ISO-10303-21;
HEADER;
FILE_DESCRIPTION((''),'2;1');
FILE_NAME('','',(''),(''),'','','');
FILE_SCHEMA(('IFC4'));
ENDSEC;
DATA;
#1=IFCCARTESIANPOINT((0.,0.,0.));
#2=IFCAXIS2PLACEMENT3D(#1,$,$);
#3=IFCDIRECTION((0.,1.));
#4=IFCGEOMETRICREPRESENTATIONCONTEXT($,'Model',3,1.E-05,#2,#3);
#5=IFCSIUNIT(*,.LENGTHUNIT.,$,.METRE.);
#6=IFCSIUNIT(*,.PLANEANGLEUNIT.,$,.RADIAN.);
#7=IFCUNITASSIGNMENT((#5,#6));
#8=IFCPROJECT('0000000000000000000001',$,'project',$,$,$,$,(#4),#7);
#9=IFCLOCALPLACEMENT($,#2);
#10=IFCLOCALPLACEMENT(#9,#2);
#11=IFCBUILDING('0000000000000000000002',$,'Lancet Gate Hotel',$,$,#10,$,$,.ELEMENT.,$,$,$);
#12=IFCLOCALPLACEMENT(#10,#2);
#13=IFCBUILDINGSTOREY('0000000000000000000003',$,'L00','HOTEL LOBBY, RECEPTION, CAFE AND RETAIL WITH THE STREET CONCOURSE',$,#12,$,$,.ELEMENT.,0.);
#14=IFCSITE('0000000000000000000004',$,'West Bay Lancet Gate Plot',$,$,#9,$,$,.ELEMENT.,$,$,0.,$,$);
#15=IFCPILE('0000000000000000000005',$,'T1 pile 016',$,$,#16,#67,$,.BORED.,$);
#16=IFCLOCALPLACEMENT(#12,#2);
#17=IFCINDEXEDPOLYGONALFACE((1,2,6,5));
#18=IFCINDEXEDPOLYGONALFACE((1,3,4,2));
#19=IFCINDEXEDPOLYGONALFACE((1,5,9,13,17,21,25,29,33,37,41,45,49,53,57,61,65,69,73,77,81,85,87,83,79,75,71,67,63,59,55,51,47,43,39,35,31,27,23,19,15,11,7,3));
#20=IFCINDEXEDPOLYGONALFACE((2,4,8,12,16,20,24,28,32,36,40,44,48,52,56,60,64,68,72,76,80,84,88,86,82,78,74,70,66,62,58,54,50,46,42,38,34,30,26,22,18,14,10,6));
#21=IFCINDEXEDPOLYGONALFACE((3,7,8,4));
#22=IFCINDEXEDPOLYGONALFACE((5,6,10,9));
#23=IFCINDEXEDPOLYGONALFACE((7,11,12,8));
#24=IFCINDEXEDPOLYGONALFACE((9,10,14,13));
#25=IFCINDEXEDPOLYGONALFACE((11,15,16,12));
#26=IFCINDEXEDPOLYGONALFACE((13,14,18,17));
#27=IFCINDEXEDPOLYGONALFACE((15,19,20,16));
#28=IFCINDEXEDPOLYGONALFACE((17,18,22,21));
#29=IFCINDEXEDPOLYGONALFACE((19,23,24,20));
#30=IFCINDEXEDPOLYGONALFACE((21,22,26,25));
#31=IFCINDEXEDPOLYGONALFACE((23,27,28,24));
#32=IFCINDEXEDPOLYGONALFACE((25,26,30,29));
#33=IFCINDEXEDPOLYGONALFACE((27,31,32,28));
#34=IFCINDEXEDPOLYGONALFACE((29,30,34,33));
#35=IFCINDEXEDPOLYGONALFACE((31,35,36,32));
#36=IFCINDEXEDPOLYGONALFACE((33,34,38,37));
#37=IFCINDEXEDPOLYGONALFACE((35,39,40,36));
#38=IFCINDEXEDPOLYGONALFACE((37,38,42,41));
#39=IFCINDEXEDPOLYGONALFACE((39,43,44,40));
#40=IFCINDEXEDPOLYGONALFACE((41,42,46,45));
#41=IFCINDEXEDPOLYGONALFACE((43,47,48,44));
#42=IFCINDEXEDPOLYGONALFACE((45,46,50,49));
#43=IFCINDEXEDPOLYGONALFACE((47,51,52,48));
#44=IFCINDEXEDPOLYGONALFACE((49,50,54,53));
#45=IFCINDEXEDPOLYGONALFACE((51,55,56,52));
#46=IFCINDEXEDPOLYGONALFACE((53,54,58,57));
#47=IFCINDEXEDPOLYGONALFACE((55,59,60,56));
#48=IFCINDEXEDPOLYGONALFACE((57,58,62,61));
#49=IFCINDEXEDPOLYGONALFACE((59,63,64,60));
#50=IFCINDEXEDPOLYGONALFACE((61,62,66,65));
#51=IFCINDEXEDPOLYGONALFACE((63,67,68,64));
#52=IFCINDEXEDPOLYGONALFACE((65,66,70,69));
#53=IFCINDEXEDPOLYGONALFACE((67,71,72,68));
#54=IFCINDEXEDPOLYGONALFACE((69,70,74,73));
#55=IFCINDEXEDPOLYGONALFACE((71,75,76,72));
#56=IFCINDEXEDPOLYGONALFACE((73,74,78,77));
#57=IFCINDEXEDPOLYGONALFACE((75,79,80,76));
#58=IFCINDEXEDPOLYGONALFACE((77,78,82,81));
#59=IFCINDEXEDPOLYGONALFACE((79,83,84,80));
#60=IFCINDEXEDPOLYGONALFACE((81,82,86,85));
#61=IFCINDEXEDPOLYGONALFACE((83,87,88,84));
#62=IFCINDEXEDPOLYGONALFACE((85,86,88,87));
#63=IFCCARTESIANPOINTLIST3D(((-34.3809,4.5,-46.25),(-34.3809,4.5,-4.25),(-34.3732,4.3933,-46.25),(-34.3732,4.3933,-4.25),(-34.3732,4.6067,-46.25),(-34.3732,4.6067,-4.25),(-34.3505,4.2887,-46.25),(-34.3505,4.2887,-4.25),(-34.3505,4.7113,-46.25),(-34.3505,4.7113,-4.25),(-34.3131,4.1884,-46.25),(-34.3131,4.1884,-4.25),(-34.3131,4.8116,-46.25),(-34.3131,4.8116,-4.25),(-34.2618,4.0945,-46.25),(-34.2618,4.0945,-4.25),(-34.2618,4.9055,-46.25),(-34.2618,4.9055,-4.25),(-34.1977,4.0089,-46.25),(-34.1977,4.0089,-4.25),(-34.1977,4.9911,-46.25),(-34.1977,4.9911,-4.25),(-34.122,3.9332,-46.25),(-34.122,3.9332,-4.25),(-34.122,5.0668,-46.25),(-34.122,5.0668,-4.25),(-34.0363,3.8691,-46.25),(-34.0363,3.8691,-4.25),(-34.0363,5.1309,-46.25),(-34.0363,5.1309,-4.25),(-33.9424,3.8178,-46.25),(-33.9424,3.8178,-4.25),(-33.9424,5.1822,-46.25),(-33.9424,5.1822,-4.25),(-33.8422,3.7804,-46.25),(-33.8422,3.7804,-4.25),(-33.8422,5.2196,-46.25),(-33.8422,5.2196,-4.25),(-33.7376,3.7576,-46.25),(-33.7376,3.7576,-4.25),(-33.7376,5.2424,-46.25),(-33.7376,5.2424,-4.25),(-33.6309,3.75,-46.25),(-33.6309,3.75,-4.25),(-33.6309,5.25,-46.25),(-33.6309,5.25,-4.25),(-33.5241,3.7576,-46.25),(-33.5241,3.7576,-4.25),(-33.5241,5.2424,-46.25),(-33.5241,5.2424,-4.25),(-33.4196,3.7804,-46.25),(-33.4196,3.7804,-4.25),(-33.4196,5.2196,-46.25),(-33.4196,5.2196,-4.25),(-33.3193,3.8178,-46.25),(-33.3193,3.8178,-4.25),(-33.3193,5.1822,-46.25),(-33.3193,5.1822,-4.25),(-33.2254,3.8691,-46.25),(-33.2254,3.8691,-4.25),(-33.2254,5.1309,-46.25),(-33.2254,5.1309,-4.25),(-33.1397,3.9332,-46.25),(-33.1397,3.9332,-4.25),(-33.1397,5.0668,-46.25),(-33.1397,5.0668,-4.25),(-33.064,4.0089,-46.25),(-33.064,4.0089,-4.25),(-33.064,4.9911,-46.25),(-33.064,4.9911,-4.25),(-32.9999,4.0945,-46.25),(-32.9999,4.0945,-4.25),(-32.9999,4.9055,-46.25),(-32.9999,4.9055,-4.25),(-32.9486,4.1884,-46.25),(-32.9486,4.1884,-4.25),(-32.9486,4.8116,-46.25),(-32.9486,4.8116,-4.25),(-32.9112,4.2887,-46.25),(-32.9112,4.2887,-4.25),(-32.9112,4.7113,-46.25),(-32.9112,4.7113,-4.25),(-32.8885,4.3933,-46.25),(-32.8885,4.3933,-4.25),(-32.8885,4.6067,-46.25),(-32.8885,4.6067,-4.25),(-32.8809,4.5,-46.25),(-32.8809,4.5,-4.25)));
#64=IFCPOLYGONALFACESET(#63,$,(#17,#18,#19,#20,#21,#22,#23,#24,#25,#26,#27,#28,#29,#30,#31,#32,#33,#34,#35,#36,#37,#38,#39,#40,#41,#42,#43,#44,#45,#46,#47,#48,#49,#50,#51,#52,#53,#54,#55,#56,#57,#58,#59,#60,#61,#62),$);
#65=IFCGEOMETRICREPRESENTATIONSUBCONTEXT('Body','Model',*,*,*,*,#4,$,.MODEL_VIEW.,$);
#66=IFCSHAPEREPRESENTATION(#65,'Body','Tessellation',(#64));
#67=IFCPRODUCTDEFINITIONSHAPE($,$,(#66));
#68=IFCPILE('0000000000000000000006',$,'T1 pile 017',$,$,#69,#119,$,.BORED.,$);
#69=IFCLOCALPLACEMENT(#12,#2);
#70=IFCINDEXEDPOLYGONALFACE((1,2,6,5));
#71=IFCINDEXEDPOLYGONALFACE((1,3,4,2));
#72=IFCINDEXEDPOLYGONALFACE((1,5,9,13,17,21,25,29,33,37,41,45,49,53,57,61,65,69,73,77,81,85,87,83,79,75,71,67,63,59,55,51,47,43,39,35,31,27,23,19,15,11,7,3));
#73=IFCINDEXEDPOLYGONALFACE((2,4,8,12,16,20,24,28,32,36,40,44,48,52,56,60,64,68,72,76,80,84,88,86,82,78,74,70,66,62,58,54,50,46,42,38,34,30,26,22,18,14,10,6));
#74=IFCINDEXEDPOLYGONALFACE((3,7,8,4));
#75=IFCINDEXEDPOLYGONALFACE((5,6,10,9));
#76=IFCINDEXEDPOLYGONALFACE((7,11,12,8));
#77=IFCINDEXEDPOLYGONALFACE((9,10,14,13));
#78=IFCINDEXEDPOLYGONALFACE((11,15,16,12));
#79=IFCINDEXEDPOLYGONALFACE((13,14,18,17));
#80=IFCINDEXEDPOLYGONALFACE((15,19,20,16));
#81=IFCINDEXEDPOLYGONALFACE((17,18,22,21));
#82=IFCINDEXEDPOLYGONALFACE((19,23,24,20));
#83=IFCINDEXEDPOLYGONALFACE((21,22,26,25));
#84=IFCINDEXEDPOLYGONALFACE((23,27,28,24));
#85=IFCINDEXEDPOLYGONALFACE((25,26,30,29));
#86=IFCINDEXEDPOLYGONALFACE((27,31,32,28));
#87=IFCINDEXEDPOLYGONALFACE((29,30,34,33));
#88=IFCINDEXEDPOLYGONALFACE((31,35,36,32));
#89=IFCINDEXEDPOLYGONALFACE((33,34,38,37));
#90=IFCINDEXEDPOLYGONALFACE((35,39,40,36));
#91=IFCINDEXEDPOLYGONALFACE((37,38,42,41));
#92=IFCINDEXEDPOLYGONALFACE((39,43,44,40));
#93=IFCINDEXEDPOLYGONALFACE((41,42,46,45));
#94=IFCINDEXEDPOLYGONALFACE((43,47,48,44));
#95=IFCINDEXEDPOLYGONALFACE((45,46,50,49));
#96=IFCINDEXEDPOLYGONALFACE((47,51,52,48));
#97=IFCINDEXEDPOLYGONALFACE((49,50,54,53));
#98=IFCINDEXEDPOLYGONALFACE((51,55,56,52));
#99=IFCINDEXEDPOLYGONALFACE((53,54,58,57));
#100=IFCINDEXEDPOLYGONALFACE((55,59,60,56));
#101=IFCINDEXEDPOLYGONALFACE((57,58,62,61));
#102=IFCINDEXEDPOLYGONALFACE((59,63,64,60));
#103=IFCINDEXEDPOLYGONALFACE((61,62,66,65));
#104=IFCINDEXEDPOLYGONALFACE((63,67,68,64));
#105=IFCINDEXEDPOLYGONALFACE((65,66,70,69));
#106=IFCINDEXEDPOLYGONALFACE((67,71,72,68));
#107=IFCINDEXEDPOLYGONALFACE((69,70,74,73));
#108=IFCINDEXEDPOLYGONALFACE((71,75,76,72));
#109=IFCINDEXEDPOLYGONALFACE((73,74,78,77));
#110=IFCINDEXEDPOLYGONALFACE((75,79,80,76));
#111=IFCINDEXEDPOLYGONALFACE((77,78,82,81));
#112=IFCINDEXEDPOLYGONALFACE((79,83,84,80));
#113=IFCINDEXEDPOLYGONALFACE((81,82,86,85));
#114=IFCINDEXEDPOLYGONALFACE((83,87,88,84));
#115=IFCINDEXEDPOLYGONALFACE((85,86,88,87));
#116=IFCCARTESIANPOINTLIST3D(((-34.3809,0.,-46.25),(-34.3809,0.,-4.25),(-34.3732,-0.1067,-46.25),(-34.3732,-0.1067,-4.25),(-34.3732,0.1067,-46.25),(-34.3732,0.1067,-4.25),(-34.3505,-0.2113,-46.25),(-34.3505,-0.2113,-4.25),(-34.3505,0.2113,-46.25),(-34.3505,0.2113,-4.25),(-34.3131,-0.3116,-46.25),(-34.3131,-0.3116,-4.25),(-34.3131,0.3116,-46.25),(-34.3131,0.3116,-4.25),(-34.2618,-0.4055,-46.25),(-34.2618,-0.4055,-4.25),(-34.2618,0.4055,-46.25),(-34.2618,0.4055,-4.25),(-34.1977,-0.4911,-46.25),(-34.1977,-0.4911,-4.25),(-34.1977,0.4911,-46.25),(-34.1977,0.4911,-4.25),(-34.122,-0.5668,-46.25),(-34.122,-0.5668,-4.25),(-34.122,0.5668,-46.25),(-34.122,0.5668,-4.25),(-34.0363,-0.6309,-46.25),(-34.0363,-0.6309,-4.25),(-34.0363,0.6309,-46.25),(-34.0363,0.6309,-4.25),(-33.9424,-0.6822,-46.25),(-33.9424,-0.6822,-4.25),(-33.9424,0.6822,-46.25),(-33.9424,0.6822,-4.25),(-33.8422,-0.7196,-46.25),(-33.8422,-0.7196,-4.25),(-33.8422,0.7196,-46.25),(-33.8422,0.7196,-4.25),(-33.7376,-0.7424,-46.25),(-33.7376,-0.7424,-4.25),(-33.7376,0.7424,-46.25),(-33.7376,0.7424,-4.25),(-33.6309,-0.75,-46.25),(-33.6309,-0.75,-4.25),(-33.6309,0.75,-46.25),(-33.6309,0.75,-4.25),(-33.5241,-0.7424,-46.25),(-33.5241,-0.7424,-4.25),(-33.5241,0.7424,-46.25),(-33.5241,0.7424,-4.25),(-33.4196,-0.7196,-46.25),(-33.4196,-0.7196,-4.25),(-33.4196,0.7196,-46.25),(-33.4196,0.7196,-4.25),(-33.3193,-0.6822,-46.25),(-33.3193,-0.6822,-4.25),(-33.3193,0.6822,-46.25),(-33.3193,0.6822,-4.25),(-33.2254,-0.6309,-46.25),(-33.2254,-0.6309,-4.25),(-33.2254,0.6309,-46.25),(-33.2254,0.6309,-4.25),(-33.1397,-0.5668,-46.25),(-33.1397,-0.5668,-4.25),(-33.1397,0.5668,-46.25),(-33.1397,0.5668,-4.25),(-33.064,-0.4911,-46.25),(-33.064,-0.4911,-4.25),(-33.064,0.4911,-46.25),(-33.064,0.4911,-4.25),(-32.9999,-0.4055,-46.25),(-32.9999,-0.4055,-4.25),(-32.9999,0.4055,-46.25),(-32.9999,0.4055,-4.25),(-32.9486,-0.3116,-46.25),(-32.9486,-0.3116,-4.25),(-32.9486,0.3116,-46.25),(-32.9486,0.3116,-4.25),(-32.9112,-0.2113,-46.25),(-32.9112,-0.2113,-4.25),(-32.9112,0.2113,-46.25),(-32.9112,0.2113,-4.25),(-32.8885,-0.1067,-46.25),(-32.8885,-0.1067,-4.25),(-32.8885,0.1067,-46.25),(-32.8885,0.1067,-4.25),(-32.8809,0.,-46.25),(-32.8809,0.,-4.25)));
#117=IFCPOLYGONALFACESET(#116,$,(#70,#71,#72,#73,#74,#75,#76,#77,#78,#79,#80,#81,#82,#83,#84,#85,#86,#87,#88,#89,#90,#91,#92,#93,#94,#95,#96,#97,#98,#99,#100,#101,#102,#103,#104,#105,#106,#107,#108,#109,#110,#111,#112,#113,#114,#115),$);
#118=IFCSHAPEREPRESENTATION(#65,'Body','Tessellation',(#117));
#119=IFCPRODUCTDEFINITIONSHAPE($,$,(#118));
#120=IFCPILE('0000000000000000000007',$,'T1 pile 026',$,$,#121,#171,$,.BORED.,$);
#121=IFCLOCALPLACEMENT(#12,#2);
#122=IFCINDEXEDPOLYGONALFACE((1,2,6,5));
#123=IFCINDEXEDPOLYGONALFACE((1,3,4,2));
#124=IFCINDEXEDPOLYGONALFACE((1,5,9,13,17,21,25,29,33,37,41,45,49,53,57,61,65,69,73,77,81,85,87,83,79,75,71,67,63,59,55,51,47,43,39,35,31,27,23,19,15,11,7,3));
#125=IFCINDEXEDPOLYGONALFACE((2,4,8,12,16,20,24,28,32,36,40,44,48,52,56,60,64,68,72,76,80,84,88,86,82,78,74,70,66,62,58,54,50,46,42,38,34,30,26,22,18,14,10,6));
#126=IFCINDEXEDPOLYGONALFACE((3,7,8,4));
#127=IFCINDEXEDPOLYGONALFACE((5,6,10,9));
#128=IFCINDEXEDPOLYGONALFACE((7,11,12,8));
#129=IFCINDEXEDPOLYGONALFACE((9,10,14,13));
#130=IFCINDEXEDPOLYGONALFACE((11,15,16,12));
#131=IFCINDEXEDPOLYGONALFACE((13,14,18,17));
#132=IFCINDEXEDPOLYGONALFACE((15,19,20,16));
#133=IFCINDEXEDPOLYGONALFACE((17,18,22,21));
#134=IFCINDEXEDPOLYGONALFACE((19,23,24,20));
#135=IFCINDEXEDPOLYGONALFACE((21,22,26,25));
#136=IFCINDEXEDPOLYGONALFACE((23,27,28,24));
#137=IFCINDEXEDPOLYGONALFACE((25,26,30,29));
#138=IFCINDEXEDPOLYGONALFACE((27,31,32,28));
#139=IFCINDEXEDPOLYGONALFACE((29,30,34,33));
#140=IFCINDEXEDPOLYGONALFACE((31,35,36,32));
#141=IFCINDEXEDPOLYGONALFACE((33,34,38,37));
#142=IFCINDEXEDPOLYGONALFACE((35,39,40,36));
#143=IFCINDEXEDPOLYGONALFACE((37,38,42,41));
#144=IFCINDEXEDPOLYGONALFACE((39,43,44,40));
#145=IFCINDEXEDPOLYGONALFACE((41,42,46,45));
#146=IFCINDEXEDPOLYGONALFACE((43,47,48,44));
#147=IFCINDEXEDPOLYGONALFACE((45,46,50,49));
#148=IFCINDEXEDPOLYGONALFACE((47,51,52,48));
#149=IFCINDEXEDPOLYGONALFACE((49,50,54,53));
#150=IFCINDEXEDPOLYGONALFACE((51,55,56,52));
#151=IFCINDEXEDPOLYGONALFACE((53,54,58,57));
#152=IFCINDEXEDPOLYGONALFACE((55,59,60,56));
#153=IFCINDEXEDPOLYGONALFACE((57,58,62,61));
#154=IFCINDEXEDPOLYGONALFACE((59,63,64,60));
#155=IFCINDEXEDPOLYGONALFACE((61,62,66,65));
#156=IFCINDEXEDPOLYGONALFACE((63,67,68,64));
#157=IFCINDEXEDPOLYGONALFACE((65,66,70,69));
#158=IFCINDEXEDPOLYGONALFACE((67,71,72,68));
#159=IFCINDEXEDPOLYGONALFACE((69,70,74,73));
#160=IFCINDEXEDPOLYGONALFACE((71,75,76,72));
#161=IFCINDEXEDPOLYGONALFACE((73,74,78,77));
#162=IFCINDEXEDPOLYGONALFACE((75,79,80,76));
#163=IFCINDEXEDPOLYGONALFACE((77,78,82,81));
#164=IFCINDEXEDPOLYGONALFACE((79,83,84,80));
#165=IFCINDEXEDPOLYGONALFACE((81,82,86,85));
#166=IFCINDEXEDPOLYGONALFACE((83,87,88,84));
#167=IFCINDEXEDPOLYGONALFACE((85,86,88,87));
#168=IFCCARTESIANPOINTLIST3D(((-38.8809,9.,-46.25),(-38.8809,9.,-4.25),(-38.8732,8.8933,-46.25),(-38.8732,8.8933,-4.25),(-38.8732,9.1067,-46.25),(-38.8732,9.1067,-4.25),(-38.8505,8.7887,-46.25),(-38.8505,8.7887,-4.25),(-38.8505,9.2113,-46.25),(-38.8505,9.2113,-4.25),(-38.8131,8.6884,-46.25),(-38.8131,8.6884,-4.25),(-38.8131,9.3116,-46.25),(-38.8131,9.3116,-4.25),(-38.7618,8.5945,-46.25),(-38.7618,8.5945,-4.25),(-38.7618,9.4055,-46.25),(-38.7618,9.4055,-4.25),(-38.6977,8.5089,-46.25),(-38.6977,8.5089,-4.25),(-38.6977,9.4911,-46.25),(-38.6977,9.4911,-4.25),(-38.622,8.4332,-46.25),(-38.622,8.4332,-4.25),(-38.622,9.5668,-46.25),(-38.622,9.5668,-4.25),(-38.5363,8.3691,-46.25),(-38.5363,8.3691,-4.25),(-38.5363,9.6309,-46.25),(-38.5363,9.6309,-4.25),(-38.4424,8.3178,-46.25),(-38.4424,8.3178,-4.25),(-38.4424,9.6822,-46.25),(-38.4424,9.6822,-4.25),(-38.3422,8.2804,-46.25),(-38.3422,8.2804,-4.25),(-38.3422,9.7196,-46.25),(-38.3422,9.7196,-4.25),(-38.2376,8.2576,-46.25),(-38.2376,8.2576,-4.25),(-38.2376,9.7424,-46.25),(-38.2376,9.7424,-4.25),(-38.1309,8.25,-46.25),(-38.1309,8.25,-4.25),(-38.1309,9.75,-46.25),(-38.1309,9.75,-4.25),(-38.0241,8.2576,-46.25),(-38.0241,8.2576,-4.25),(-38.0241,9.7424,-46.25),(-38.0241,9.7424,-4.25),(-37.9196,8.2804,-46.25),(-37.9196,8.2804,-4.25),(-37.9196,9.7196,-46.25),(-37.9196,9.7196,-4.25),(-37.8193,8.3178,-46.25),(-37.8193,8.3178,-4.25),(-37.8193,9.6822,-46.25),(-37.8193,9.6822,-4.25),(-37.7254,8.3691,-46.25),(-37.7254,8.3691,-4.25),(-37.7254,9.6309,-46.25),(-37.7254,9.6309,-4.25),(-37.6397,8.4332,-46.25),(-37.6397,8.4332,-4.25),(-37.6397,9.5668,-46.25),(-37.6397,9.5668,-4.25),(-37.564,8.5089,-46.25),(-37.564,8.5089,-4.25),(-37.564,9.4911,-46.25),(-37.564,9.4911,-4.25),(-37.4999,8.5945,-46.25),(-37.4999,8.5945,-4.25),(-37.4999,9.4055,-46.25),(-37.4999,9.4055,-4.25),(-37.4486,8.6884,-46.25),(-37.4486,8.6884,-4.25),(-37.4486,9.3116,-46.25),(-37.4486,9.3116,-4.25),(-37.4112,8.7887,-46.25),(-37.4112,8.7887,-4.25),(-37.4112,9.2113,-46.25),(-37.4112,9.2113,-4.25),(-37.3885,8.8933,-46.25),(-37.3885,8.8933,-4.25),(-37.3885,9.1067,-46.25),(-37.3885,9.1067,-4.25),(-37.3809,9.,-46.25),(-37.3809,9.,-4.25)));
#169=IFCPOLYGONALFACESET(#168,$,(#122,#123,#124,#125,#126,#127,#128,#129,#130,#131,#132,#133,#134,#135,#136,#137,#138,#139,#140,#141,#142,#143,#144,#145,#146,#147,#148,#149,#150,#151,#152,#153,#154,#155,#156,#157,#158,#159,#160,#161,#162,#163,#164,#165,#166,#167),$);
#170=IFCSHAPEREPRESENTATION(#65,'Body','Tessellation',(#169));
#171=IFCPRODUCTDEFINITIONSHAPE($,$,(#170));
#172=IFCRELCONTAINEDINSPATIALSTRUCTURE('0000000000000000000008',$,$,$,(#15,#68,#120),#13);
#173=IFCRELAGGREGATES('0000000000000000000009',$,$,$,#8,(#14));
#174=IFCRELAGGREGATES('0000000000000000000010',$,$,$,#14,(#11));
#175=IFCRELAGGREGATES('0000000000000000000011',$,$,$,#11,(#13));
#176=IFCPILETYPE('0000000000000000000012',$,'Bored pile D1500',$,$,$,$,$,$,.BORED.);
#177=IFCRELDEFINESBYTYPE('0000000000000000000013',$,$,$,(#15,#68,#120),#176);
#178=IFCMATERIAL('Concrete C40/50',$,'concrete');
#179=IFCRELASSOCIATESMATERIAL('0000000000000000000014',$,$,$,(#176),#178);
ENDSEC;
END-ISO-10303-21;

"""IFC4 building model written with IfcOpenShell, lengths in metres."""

from ifc_helpers import new_model, si_unit, direction, frame, origin, origin_2d, place, context, subcontext, project, spatial, circle, extrude, material, material_profile, profile_set, type_object, element, save


model = new_model("IFC4")

# Units and contexts
model_context = context("Model", 3, precision=1e-05, world=origin(), true_north=direction((0.0, 1.0)))
body_context = subcontext(model_context, "Body", "Model", "MODEL_VIEW")
ifc_project = project(units=[si_unit("LENGTHUNIT", "METRE"), si_unit("PLANEANGLEUNIT", "RADIAN")], contexts=[model_context])

# Site, building, storey
site_placement = place(None, origin())
site = spatial("IfcSite", under=ifc_project, at=site_placement, Name="West Bay Lancet Gate Plot", CompositionType="ELEMENT", RefElevation=0.0)
building_placement = place(site_placement, origin())
building = spatial("IfcBuilding", under=site, at=building_placement, Name="Lancet Gate Hotel", CompositionType="ELEMENT")
storey_placement = place(building_placement, origin())
storey = spatial("IfcBuildingStorey", under=building, at=storey_placement, Name="L00", Description="HOTEL LOBBY, RECEPTION, CAFE AND RETAIL WITH THE STREET CONCOURSE", CompositionType="ELEMENT", Elevation=0.0)

# Piles
ifc_material_1 = material(Name="Concrete C40/50", Category="concrete")
ifc_material_profile = material_profile(ifc_material_1, circle(Radius=0.75, at=origin_2d()), Name="PILE D1500")
ifc_profile_set = profile_set([ifc_material_profile], Name="Concrete C40/50")
pile_type = type_object("IfcPileType", Name="Bored pile D1500", PredefinedType="BORED", material=ifc_profile_set)
for number, where, z_axis, x_axis, name in (
    (1, (-33.6309, 4.5, -4.25), (0.0, 0.0, -1.0), (1.0, 0.0, 0.0), "T1 pile 016"),
    (2, (-33.6309, 0.0, -4.25), (0.0, 0.0, -1.0), (1.0, 0.0, 0.0), "T1 pile 017"),
    (3, (-38.1309, 9.0, -4.25), (0.0, 0.0, -1.0), (1.0, 0.0, 0.0), "T1 pile 026"),
):
    element("IfcPile", number, at=place(storey_placement, frame(where, z_axis=z_axis, x_axis=x_axis)), inside=storey, type_object=pile_type, Name=name, PredefinedType="BORED", context=body_context, shape_type="SweptSolid", body=[
        extrude(circle(Radius=0.75, at=origin_2d()), origin(), (0.0, 0.0, 1.0), 42.0),
    ])

save(model, "model.ifc")
